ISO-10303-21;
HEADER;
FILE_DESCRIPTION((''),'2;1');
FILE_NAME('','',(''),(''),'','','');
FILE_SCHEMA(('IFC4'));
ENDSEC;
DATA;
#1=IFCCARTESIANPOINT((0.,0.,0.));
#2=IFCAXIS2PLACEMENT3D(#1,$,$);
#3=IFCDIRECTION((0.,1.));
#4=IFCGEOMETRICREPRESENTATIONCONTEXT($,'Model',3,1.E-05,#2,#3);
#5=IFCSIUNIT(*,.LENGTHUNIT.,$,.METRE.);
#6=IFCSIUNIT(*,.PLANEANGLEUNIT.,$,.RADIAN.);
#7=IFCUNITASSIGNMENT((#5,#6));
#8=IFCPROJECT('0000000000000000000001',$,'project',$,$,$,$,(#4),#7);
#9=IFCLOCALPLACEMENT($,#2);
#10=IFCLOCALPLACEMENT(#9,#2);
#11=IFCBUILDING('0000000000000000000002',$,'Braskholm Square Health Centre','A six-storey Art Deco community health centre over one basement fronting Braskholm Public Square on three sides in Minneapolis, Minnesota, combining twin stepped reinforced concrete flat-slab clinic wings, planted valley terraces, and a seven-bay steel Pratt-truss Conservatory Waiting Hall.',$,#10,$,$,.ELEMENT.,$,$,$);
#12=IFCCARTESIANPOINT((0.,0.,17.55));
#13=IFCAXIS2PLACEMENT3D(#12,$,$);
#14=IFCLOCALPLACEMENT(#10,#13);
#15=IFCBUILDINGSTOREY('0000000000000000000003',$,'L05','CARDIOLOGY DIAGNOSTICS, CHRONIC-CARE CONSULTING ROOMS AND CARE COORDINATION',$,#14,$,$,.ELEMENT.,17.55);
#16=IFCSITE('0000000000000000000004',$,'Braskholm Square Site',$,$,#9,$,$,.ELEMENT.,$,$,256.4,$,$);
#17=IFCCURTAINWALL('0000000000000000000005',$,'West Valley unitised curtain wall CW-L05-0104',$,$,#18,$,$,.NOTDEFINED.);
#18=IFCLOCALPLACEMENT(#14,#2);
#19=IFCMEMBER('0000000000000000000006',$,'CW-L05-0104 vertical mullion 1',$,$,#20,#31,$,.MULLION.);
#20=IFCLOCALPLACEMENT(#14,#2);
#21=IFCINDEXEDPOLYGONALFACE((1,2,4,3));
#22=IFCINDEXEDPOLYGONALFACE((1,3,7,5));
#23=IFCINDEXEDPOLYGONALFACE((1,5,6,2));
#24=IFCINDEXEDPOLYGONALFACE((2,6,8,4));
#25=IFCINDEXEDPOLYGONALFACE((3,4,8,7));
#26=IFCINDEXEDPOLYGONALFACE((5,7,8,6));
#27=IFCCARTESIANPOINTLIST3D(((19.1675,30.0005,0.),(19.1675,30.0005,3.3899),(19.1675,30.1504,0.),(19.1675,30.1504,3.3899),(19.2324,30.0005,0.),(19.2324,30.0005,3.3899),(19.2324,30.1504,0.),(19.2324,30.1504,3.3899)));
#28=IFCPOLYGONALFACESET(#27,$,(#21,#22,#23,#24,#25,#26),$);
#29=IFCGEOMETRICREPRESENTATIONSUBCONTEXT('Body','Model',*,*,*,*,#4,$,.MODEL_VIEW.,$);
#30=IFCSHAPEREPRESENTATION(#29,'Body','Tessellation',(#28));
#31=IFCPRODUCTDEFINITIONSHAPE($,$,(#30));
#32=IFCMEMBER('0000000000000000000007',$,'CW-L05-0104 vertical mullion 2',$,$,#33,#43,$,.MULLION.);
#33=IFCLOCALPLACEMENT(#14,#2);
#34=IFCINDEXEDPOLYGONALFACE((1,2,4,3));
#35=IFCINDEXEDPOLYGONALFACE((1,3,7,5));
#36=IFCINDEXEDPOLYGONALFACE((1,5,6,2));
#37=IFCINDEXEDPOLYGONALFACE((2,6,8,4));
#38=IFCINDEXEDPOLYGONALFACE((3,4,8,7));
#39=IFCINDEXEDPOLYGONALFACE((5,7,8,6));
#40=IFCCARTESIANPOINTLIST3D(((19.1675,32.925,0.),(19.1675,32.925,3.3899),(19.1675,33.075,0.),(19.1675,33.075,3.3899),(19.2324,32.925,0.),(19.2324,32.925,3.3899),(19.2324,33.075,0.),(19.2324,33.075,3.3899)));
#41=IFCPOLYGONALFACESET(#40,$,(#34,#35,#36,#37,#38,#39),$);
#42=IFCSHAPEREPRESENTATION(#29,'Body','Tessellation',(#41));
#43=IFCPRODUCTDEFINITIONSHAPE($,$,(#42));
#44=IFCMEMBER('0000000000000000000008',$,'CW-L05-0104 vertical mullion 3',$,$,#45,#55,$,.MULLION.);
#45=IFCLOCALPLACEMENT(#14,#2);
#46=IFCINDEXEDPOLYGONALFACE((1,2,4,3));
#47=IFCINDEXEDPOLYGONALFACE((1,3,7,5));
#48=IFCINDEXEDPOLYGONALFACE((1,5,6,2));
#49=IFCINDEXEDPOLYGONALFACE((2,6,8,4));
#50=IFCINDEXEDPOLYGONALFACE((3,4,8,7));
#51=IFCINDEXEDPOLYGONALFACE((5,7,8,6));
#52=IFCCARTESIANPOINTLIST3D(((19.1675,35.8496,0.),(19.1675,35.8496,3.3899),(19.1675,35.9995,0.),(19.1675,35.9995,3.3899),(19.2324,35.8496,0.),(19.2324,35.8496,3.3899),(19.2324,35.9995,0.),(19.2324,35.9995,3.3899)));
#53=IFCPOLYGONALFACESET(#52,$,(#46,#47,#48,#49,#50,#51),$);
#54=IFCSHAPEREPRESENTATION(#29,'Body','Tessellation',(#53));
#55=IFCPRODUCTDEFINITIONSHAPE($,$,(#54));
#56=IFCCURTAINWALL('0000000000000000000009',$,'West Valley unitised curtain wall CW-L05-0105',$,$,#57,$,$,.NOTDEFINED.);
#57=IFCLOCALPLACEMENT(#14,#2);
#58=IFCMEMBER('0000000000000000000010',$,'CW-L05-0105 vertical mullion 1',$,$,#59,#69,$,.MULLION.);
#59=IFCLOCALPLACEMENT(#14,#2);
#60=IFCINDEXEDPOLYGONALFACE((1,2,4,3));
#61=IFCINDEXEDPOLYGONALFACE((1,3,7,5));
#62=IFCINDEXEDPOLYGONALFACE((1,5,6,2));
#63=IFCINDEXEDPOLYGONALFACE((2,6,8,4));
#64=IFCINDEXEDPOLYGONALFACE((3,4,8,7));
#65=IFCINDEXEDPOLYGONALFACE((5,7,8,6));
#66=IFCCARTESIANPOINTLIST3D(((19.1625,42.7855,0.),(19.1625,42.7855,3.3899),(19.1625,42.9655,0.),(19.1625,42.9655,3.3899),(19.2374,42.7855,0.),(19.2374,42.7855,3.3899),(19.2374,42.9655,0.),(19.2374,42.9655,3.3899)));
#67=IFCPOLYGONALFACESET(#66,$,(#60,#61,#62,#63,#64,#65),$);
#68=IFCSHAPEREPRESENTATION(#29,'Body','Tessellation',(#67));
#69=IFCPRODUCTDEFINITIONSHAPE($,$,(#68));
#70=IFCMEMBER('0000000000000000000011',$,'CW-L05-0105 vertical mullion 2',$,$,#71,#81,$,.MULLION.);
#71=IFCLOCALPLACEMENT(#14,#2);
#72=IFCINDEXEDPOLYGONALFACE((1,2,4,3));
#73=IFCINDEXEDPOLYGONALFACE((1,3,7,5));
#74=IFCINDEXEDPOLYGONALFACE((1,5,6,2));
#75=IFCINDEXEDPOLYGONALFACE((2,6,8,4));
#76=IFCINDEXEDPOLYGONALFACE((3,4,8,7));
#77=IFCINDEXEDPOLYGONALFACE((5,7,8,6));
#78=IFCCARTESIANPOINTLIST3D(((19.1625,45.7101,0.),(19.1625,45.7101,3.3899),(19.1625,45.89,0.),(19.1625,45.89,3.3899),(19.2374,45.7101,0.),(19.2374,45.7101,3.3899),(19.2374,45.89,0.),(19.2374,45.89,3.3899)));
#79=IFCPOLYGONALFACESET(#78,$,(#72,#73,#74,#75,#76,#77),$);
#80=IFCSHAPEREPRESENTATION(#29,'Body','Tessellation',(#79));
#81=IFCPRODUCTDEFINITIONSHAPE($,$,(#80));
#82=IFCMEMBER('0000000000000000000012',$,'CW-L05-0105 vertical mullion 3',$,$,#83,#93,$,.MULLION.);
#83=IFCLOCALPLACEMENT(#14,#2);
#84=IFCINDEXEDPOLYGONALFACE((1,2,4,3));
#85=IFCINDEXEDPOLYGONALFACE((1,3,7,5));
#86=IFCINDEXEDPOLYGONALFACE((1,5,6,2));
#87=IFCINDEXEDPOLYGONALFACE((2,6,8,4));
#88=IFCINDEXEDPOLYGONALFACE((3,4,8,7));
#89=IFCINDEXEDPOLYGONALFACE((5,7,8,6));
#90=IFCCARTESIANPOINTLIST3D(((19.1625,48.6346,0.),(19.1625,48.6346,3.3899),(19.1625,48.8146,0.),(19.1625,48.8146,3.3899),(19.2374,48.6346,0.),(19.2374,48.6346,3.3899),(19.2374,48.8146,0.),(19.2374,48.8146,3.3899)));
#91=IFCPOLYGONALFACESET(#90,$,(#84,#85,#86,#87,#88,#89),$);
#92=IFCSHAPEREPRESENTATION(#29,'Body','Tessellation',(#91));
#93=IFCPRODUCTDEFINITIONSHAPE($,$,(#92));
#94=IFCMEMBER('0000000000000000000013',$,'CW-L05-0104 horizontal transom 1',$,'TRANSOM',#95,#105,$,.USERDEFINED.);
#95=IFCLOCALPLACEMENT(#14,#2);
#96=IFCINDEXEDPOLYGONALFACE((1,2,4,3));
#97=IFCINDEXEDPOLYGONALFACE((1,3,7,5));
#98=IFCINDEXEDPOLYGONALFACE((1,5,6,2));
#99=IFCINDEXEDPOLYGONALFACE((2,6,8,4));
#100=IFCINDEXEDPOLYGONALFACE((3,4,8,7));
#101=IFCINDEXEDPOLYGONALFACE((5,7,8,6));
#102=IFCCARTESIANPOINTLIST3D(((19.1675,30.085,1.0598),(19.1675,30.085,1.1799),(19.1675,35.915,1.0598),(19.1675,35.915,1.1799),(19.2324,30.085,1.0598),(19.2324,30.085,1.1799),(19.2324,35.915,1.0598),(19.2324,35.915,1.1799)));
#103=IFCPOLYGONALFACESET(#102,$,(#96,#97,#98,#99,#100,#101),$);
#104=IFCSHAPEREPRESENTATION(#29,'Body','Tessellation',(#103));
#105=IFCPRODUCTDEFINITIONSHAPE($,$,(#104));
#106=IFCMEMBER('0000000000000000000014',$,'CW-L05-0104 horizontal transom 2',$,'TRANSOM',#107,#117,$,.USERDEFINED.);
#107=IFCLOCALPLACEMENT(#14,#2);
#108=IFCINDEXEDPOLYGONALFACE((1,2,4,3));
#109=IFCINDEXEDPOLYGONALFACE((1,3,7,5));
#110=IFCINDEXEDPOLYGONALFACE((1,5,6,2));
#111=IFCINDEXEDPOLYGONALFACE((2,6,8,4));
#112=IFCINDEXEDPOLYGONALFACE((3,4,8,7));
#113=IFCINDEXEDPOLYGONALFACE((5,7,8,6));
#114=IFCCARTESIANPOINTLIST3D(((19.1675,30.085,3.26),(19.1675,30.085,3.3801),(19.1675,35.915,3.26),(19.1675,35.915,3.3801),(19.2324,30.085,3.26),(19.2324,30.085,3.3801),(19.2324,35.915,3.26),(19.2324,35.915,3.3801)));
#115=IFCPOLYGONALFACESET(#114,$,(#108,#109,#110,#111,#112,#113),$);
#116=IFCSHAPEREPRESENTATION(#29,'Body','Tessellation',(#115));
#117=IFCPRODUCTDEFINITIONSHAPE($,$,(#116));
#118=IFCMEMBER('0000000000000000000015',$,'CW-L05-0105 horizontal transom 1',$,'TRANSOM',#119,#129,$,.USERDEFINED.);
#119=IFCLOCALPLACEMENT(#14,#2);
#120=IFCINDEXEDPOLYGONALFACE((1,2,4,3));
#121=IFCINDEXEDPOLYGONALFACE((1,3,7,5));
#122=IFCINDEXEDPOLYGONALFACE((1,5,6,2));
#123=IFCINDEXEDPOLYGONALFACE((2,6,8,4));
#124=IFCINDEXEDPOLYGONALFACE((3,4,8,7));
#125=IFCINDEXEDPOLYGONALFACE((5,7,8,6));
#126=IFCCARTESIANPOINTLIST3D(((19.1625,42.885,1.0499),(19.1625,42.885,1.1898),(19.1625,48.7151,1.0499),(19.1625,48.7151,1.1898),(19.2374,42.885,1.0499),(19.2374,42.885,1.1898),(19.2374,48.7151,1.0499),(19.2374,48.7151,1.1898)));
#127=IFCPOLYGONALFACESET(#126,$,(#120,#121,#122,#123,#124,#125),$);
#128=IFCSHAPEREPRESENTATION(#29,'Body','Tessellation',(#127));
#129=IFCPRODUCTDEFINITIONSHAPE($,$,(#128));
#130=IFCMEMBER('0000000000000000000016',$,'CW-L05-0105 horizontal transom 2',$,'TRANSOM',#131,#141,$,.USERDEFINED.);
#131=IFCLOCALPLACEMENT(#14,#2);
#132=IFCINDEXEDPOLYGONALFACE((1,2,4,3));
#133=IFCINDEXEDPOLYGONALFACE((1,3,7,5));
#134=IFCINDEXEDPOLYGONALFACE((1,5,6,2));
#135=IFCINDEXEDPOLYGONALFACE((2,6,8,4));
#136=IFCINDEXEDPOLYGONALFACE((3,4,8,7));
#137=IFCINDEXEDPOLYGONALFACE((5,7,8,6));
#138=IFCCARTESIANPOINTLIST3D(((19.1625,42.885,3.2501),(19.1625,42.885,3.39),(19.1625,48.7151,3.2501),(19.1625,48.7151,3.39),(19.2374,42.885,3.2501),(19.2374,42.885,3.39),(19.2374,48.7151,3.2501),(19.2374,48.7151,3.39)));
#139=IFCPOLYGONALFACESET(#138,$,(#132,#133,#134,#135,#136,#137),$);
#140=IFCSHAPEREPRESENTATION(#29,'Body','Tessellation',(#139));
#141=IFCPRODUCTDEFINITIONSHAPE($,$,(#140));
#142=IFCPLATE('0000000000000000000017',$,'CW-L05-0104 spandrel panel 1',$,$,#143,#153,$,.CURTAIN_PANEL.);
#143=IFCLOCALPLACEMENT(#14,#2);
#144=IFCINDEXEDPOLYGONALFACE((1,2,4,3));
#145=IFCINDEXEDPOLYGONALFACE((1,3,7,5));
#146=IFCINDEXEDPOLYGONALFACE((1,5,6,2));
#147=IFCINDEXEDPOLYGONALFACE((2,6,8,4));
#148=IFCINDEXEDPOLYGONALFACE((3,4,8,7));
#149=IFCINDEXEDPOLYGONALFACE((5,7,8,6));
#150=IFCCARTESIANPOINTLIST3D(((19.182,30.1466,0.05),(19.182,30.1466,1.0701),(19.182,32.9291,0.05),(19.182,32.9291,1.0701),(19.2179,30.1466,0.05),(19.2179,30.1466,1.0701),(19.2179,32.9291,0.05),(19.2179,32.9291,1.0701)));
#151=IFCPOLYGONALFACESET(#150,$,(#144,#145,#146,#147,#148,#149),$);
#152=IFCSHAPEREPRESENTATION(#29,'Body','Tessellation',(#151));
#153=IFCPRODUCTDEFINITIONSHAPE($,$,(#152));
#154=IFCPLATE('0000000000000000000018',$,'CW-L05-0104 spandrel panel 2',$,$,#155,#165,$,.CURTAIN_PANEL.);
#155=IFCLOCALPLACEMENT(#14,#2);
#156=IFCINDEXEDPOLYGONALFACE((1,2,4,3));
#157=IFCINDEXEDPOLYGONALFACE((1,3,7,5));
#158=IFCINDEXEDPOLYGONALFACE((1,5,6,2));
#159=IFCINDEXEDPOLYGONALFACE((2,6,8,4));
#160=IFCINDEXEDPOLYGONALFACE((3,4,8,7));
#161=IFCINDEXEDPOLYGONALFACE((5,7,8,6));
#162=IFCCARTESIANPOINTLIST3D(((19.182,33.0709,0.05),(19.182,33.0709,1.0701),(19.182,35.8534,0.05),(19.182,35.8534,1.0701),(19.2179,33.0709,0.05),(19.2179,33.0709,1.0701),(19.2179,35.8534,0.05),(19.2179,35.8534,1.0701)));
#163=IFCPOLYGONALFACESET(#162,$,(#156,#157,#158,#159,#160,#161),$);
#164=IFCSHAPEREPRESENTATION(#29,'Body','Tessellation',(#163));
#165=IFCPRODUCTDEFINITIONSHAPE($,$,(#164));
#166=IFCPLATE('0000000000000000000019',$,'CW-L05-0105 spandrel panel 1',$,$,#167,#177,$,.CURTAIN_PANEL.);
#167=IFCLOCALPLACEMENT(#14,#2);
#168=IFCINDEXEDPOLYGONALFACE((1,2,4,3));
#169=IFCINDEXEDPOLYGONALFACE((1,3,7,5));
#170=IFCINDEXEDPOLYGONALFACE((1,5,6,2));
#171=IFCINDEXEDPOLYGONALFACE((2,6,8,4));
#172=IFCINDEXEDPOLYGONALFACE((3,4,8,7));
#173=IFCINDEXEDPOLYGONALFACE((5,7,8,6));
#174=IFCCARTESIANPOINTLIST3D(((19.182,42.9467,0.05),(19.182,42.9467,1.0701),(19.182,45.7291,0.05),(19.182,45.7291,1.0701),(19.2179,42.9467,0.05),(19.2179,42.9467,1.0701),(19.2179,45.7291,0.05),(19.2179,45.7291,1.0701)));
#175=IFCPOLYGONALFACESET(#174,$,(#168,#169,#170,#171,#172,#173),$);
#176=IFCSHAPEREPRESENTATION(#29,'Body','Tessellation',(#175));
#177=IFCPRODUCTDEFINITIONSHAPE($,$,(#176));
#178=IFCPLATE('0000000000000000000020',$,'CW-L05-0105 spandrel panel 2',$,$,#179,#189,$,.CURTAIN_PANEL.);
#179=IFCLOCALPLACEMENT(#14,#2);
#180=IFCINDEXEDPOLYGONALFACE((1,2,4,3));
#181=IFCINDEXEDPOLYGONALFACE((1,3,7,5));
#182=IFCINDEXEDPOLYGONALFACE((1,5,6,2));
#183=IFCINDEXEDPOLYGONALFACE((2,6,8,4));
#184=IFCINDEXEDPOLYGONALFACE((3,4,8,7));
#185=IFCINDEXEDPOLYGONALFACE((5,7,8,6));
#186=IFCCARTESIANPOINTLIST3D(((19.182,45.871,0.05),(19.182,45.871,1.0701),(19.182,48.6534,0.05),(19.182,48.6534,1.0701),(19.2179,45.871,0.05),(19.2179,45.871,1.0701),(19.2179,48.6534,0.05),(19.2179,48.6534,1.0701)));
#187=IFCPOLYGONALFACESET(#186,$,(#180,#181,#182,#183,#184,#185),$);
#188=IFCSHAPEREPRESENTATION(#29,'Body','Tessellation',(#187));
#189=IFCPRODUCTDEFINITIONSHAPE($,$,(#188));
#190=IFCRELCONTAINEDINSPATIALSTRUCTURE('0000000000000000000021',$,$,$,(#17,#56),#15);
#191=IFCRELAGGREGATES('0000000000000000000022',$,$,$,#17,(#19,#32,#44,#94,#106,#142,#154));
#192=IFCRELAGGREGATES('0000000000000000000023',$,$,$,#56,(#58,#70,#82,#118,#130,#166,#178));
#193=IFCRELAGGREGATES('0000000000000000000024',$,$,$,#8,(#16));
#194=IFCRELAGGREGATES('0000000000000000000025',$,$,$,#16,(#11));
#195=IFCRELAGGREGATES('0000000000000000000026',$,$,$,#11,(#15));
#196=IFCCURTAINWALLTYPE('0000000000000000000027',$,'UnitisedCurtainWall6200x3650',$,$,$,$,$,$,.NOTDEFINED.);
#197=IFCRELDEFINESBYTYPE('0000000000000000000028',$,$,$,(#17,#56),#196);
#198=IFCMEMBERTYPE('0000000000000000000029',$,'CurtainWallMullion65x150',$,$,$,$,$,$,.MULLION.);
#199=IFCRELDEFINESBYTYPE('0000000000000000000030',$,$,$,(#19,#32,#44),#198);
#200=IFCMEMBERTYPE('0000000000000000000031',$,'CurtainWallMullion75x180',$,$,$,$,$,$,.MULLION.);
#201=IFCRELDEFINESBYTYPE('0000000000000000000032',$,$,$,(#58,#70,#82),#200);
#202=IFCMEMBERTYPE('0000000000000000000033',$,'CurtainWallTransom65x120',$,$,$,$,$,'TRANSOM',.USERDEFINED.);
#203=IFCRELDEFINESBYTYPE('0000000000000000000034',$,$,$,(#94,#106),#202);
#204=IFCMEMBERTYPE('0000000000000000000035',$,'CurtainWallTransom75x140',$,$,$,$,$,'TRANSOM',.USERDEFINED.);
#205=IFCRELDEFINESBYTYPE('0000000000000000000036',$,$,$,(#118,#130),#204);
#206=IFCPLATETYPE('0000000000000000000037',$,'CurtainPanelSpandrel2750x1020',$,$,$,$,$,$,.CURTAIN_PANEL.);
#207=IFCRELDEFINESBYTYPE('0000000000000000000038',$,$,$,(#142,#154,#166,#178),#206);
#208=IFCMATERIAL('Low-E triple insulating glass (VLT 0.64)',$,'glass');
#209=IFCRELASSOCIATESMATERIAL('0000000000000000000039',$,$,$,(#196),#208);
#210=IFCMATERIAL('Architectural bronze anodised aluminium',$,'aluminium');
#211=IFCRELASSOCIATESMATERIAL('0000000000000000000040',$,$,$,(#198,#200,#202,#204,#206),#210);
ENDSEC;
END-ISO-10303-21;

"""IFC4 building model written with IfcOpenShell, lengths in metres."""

from ifc_helpers import new_model, si_unit, direction, frame, origin, origin_2d, place, context, subcontext, project, spatial, rectangle, extrude, material, material_profile, profile_set, type_object, element, aggregate, save


model = new_model("IFC4")

# Units and contexts
model_context = context("Model", 3, precision=1e-05, world=origin(), true_north=direction((0.0, 1.0)))
body_context = subcontext(model_context, "Body", "Model", "MODEL_VIEW")
ifc_project = project(units=[si_unit("LENGTHUNIT", "METRE"), si_unit("PLANEANGLEUNIT", "RADIAN")], contexts=[model_context])

# Site, building, storey
site_placement = place(None, origin())
site = spatial("IfcSite", under=ifc_project, at=site_placement, Name="Braskholm Square Site", CompositionType="ELEMENT", RefElevation=256.4)
building_placement = place(site_placement, origin())
building = spatial("IfcBuilding", under=site, at=building_placement, Name="Braskholm Square Health Centre", Description="A six-storey Art Deco community health centre over one basement fronting Braskholm Public Square on three sides in Minneapolis, Minnesota, combining twin stepped reinforced concrete flat-slab clinic wings, planted valley terraces, and a seven-bay steel Pratt-truss Conservatory Waiting Hall.", CompositionType="ELEMENT")
storey_placement = place(building_placement, frame((0.0, 0.0, 17.55)))
storey = spatial("IfcBuildingStorey", under=building, at=storey_placement, Name="L05", Description="CARDIOLOGY DIAGNOSTICS, CHRONIC-CARE CONSULTING ROOMS AND CARE COORDINATION", CompositionType="ELEMENT", Elevation=17.55)

# Curtain walls, members
ifc_material_1 = material(Name="Low-E triple insulating glass (VLT 0.64)", Category="glass")
curtain_wall_type = type_object("IfcCurtainWallType", Name="UnitisedCurtainWall6200x3650", PredefinedType="NOTDEFINED", material=ifc_material_1)
curtain_wall_1_placement = place(storey_placement, origin())
curtain_wall_1 = element("IfcCurtainWall", 1, at=curtain_wall_1_placement, inside=storey, type_object=curtain_wall_type, Name="West Valley unitised curtain wall CW-L05-0104", PredefinedType="NOTDEFINED")
ifc_material_2 = material(Name="Architectural bronze anodised aluminium", Category="aluminium")
ifc_material_profile_1 = material_profile(ifc_material_2, rectangle(XDim=0.0649, YDim=0.1499, at=origin_2d()), Name="ALU-65X150")
ifc_profile_set_1 = profile_set([ifc_material_profile_1], Name="Architectural bronze anodised aluminium")
member_type_1 = type_object("IfcMemberType", Name="CurtainWallMullion65x150", PredefinedType="MULLION", material=ifc_profile_set_1)
member_1_placement = place(storey_placement, frame((19.2, 30.0754, 0.0), z_axis=(0.0, 0.0, 1.0), x_axis=(1.0, 0.0, 0.0)))
member_1 = element("IfcMember", 2, at=member_1_placement, type_object=member_type_1, Name="CW-L05-0104 vertical mullion 1", PredefinedType="MULLION", context=body_context, shape_type="SweptSolid", body=[
    extrude(rectangle(XDim=0.0649, YDim=0.1499, at=origin_2d()), origin(), (0.0, 0.0, 1.0), 3.3899),
])
member_2_placement = place(storey_placement, frame((19.2, 33.0, 0.0), z_axis=(0.0, 0.0, 1.0), x_axis=(1.0, 0.0, 0.0)))
member_2 = element("IfcMember", 3, at=member_2_placement, type_object=member_type_1, Name="CW-L05-0104 vertical mullion 2", PredefinedType="MULLION", context=body_context, shape_type="SweptSolid", body=[
    extrude(rectangle(XDim=0.0649, YDim=0.1499, at=origin_2d()), origin(), (0.0, 0.0, 1.0), 3.3899),
])
member_3_placement = place(storey_placement, frame((19.2, 35.9246, 0.0), z_axis=(0.0, 0.0, 1.0), x_axis=(1.0, 0.0, 0.0)))
member_3 = element("IfcMember", 4, at=member_3_placement, type_object=member_type_1, Name="CW-L05-0104 vertical mullion 3", PredefinedType="MULLION", context=body_context, shape_type="SweptSolid", body=[
    extrude(rectangle(XDim=0.0649, YDim=0.1499, at=origin_2d()), origin(), (0.0, 0.0, 1.0), 3.3899),
])
curtain_wall_2_placement = place(storey_placement, origin())
curtain_wall_2 = element("IfcCurtainWall", 5, at=curtain_wall_2_placement, inside=storey, type_object=curtain_wall_type, Name="West Valley unitised curtain wall CW-L05-0105", PredefinedType="NOTDEFINED")
ifc_material_profile_2 = material_profile(ifc_material_2, rectangle(XDim=0.075, YDim=0.1799, at=origin_2d()), Name="ALU-75X180")
ifc_profile_set_2 = profile_set([ifc_material_profile_2], Name="Architectural bronze anodised aluminium")
member_type_2 = type_object("IfcMemberType", Name="CurtainWallMullion75x180", PredefinedType="MULLION", material=ifc_profile_set_2)
member_4_placement = place(storey_placement, frame((19.2, 42.8755, 0.0), z_axis=(0.0, 0.0, 1.0), x_axis=(1.0, 0.0, 0.0)))
member_4 = element("IfcMember", 6, at=member_4_placement, type_object=member_type_2, Name="CW-L05-0105 vertical mullion 1", PredefinedType="MULLION", context=body_context, shape_type="SweptSolid", body=[
    extrude(rectangle(XDim=0.075, YDim=0.1799, at=origin_2d()), origin(), (0.0, 0.0, 1.0), 3.3899),
])
member_5_placement = place(storey_placement, frame((19.2, 45.8, 0.0), z_axis=(0.0, 0.0, 1.0), x_axis=(1.0, 0.0, 0.0)))
member_5 = element("IfcMember", 7, at=member_5_placement, type_object=member_type_2, Name="CW-L05-0105 vertical mullion 2", PredefinedType="MULLION", context=body_context, shape_type="SweptSolid", body=[
    extrude(rectangle(XDim=0.075, YDim=0.1799, at=origin_2d()), origin(), (0.0, 0.0, 1.0), 3.3899),
])
member_6_placement = place(storey_placement, frame((19.2, 48.7246, 0.0), z_axis=(0.0, 0.0, 1.0), x_axis=(1.0, 0.0, 0.0)))
member_6 = element("IfcMember", 8, at=member_6_placement, type_object=member_type_2, Name="CW-L05-0105 vertical mullion 3", PredefinedType="MULLION", context=body_context, shape_type="SweptSolid", body=[
    extrude(rectangle(XDim=0.075, YDim=0.1799, at=origin_2d()), origin(), (0.0, 0.0, 1.0), 3.3899),
])

# Members
ifc_material_profile_3 = material_profile(ifc_material_2, rectangle(XDim=0.0649, YDim=0.1201, at=origin_2d()), Name="ALU-65X120")
ifc_profile_set_3 = profile_set([ifc_material_profile_3], Name="Architectural bronze anodised aluminium")
member_type_3 = type_object("IfcMemberType", Name="CurtainWallTransom65x120", ElementType="TRANSOM", PredefinedType="USERDEFINED", material=ifc_profile_set_3)
member_7_placement = place(storey_placement, frame((19.2, 30.085, 1.1199), z_axis=(0.0, 1.0, 0.0), x_axis=(-1.0, 0.0, 0.0)))
member_7 = element("IfcMember", 9, at=member_7_placement, type_object=member_type_3, Name="CW-L05-0104 horizontal transom 1", ObjectType="TRANSOM", PredefinedType="USERDEFINED", context=body_context, shape_type="SweptSolid", body=[
    extrude(rectangle(XDim=0.0649, YDim=0.1201, at=origin_2d()), origin(), (0.0, 0.0, 1.0), 5.8301),
])
member_8_placement = place(storey_placement, frame((19.2, 30.085, 3.3201), z_axis=(0.0, 1.0, 0.0), x_axis=(-1.0, 0.0, 0.0)))
member_8 = element("IfcMember", 10, at=member_8_placement, type_object=member_type_3, Name="CW-L05-0104 horizontal transom 2", ObjectType="TRANSOM", PredefinedType="USERDEFINED", context=body_context, shape_type="SweptSolid", body=[
    extrude(rectangle(XDim=0.0649, YDim=0.1201, at=origin_2d()), origin(), (0.0, 0.0, 1.0), 5.8301),
])
ifc_material_profile_4 = material_profile(ifc_material_2, rectangle(XDim=0.075, YDim=0.1399, at=origin_2d()), Name="ALU-75X140")
ifc_profile_set_4 = profile_set([ifc_material_profile_4], Name="Architectural bronze anodised aluminium")
member_type_4 = type_object("IfcMemberType", Name="CurtainWallTransom75x140", ElementType="TRANSOM", PredefinedType="USERDEFINED", material=ifc_profile_set_4)
member_9_placement = place(storey_placement, frame((19.2, 42.885, 1.1199), z_axis=(0.0, 1.0, 0.0), x_axis=(-1.0, 0.0, 0.0)))
member_9 = element("IfcMember", 11, at=member_9_placement, type_object=member_type_4, Name="CW-L05-0105 horizontal transom 1", ObjectType="TRANSOM", PredefinedType="USERDEFINED", context=body_context, shape_type="SweptSolid", body=[
    extrude(rectangle(XDim=0.075, YDim=0.1399, at=origin_2d()), origin(), (0.0, 0.0, 1.0), 5.8301),
])
member_10_placement = place(storey_placement, frame((19.2, 42.885, 3.3201), z_axis=(0.0, 1.0, 0.0), x_axis=(-1.0, 0.0, 0.0)))
member_10 = element("IfcMember", 12, at=member_10_placement, type_object=member_type_4, Name="CW-L05-0105 horizontal transom 2", ObjectType="TRANSOM", PredefinedType="USERDEFINED", context=body_context, shape_type="SweptSolid", body=[
    extrude(rectangle(XDim=0.075, YDim=0.1399, at=origin_2d()), origin(), (0.0, 0.0, 1.0), 5.8301),
])

# Plates
plate_type_1 = type_object("IfcPlateType", Name="CurtainPanelSpandrel2750x1020", PredefinedType="CURTAIN_PANEL", material=ifc_material_2)
plate_1_placement = place(storey_placement, frame((19.2, 31.5378, 0.05), z_axis=(0.0, 0.0, 1.0), x_axis=(0.0, 1.0, 0.0)))
plate_1 = element("IfcPlate", 13, at=plate_1_placement, type_object=plate_type_1, Name="CW-L05-0104 spandrel panel 1", PredefinedType="CURTAIN_PANEL", context=body_context, shape_type="SweptSolid", body=[
    extrude(rectangle(XDim=2.7825, YDim=0.0359, at=origin_2d()), origin(), (0.0, 0.0, 1.0), 1.02),
])
plate_2_placement = place(storey_placement, frame((19.2, 34.4622, 0.05), z_axis=(0.0, 0.0, 1.0), x_axis=(0.0, 1.0, 0.0)))
plate_2 = element("IfcPlate", 14, at=plate_2_placement, type_object=plate_type_1, Name="CW-L05-0104 spandrel panel 2", PredefinedType="CURTAIN_PANEL", context=body_context, shape_type="SweptSolid", body=[
    extrude(rectangle(XDim=2.7825, YDim=0.0359, at=origin_2d()), origin(), (0.0, 0.0, 1.0), 1.02),
])
plate_3_placement = place(storey_placement, frame((19.2, 44.3379, 0.05), z_axis=(0.0, 0.0, 1.0), x_axis=(0.0, 1.0, 0.0)))
plate_3 = element("IfcPlate", 15, at=plate_3_placement, type_object=plate_type_1, Name="CW-L05-0105 spandrel panel 1", PredefinedType="CURTAIN_PANEL", context=body_context, shape_type="SweptSolid", body=[
    extrude(rectangle(XDim=2.7825, YDim=0.0359, at=origin_2d()), origin(), (0.0, 0.0, 1.0), 1.02),
])
plate_4_placement = place(storey_placement, frame((19.2, 47.2622, 0.05), z_axis=(0.0, 0.0, 1.0), x_axis=(0.0, 1.0, 0.0)))
plate_4 = element("IfcPlate", 16, at=plate_4_placement, type_object=plate_type_1, Name="CW-L05-0105 spandrel panel 2", PredefinedType="CURTAIN_PANEL", context=body_context, shape_type="SweptSolid", body=[
    extrude(rectangle(XDim=2.7825, YDim=0.0359, at=origin_2d()), origin(), (0.0, 0.0, 1.0), 1.02),
])
aggregate(curtain_wall_1, [member_1, member_2, member_3, member_7, member_8, plate_1, plate_2])
aggregate(curtain_wall_2, [member_4, member_5, member_6, member_9, member_10, plate_3, plate_4])

save(model, "model.ifc")
